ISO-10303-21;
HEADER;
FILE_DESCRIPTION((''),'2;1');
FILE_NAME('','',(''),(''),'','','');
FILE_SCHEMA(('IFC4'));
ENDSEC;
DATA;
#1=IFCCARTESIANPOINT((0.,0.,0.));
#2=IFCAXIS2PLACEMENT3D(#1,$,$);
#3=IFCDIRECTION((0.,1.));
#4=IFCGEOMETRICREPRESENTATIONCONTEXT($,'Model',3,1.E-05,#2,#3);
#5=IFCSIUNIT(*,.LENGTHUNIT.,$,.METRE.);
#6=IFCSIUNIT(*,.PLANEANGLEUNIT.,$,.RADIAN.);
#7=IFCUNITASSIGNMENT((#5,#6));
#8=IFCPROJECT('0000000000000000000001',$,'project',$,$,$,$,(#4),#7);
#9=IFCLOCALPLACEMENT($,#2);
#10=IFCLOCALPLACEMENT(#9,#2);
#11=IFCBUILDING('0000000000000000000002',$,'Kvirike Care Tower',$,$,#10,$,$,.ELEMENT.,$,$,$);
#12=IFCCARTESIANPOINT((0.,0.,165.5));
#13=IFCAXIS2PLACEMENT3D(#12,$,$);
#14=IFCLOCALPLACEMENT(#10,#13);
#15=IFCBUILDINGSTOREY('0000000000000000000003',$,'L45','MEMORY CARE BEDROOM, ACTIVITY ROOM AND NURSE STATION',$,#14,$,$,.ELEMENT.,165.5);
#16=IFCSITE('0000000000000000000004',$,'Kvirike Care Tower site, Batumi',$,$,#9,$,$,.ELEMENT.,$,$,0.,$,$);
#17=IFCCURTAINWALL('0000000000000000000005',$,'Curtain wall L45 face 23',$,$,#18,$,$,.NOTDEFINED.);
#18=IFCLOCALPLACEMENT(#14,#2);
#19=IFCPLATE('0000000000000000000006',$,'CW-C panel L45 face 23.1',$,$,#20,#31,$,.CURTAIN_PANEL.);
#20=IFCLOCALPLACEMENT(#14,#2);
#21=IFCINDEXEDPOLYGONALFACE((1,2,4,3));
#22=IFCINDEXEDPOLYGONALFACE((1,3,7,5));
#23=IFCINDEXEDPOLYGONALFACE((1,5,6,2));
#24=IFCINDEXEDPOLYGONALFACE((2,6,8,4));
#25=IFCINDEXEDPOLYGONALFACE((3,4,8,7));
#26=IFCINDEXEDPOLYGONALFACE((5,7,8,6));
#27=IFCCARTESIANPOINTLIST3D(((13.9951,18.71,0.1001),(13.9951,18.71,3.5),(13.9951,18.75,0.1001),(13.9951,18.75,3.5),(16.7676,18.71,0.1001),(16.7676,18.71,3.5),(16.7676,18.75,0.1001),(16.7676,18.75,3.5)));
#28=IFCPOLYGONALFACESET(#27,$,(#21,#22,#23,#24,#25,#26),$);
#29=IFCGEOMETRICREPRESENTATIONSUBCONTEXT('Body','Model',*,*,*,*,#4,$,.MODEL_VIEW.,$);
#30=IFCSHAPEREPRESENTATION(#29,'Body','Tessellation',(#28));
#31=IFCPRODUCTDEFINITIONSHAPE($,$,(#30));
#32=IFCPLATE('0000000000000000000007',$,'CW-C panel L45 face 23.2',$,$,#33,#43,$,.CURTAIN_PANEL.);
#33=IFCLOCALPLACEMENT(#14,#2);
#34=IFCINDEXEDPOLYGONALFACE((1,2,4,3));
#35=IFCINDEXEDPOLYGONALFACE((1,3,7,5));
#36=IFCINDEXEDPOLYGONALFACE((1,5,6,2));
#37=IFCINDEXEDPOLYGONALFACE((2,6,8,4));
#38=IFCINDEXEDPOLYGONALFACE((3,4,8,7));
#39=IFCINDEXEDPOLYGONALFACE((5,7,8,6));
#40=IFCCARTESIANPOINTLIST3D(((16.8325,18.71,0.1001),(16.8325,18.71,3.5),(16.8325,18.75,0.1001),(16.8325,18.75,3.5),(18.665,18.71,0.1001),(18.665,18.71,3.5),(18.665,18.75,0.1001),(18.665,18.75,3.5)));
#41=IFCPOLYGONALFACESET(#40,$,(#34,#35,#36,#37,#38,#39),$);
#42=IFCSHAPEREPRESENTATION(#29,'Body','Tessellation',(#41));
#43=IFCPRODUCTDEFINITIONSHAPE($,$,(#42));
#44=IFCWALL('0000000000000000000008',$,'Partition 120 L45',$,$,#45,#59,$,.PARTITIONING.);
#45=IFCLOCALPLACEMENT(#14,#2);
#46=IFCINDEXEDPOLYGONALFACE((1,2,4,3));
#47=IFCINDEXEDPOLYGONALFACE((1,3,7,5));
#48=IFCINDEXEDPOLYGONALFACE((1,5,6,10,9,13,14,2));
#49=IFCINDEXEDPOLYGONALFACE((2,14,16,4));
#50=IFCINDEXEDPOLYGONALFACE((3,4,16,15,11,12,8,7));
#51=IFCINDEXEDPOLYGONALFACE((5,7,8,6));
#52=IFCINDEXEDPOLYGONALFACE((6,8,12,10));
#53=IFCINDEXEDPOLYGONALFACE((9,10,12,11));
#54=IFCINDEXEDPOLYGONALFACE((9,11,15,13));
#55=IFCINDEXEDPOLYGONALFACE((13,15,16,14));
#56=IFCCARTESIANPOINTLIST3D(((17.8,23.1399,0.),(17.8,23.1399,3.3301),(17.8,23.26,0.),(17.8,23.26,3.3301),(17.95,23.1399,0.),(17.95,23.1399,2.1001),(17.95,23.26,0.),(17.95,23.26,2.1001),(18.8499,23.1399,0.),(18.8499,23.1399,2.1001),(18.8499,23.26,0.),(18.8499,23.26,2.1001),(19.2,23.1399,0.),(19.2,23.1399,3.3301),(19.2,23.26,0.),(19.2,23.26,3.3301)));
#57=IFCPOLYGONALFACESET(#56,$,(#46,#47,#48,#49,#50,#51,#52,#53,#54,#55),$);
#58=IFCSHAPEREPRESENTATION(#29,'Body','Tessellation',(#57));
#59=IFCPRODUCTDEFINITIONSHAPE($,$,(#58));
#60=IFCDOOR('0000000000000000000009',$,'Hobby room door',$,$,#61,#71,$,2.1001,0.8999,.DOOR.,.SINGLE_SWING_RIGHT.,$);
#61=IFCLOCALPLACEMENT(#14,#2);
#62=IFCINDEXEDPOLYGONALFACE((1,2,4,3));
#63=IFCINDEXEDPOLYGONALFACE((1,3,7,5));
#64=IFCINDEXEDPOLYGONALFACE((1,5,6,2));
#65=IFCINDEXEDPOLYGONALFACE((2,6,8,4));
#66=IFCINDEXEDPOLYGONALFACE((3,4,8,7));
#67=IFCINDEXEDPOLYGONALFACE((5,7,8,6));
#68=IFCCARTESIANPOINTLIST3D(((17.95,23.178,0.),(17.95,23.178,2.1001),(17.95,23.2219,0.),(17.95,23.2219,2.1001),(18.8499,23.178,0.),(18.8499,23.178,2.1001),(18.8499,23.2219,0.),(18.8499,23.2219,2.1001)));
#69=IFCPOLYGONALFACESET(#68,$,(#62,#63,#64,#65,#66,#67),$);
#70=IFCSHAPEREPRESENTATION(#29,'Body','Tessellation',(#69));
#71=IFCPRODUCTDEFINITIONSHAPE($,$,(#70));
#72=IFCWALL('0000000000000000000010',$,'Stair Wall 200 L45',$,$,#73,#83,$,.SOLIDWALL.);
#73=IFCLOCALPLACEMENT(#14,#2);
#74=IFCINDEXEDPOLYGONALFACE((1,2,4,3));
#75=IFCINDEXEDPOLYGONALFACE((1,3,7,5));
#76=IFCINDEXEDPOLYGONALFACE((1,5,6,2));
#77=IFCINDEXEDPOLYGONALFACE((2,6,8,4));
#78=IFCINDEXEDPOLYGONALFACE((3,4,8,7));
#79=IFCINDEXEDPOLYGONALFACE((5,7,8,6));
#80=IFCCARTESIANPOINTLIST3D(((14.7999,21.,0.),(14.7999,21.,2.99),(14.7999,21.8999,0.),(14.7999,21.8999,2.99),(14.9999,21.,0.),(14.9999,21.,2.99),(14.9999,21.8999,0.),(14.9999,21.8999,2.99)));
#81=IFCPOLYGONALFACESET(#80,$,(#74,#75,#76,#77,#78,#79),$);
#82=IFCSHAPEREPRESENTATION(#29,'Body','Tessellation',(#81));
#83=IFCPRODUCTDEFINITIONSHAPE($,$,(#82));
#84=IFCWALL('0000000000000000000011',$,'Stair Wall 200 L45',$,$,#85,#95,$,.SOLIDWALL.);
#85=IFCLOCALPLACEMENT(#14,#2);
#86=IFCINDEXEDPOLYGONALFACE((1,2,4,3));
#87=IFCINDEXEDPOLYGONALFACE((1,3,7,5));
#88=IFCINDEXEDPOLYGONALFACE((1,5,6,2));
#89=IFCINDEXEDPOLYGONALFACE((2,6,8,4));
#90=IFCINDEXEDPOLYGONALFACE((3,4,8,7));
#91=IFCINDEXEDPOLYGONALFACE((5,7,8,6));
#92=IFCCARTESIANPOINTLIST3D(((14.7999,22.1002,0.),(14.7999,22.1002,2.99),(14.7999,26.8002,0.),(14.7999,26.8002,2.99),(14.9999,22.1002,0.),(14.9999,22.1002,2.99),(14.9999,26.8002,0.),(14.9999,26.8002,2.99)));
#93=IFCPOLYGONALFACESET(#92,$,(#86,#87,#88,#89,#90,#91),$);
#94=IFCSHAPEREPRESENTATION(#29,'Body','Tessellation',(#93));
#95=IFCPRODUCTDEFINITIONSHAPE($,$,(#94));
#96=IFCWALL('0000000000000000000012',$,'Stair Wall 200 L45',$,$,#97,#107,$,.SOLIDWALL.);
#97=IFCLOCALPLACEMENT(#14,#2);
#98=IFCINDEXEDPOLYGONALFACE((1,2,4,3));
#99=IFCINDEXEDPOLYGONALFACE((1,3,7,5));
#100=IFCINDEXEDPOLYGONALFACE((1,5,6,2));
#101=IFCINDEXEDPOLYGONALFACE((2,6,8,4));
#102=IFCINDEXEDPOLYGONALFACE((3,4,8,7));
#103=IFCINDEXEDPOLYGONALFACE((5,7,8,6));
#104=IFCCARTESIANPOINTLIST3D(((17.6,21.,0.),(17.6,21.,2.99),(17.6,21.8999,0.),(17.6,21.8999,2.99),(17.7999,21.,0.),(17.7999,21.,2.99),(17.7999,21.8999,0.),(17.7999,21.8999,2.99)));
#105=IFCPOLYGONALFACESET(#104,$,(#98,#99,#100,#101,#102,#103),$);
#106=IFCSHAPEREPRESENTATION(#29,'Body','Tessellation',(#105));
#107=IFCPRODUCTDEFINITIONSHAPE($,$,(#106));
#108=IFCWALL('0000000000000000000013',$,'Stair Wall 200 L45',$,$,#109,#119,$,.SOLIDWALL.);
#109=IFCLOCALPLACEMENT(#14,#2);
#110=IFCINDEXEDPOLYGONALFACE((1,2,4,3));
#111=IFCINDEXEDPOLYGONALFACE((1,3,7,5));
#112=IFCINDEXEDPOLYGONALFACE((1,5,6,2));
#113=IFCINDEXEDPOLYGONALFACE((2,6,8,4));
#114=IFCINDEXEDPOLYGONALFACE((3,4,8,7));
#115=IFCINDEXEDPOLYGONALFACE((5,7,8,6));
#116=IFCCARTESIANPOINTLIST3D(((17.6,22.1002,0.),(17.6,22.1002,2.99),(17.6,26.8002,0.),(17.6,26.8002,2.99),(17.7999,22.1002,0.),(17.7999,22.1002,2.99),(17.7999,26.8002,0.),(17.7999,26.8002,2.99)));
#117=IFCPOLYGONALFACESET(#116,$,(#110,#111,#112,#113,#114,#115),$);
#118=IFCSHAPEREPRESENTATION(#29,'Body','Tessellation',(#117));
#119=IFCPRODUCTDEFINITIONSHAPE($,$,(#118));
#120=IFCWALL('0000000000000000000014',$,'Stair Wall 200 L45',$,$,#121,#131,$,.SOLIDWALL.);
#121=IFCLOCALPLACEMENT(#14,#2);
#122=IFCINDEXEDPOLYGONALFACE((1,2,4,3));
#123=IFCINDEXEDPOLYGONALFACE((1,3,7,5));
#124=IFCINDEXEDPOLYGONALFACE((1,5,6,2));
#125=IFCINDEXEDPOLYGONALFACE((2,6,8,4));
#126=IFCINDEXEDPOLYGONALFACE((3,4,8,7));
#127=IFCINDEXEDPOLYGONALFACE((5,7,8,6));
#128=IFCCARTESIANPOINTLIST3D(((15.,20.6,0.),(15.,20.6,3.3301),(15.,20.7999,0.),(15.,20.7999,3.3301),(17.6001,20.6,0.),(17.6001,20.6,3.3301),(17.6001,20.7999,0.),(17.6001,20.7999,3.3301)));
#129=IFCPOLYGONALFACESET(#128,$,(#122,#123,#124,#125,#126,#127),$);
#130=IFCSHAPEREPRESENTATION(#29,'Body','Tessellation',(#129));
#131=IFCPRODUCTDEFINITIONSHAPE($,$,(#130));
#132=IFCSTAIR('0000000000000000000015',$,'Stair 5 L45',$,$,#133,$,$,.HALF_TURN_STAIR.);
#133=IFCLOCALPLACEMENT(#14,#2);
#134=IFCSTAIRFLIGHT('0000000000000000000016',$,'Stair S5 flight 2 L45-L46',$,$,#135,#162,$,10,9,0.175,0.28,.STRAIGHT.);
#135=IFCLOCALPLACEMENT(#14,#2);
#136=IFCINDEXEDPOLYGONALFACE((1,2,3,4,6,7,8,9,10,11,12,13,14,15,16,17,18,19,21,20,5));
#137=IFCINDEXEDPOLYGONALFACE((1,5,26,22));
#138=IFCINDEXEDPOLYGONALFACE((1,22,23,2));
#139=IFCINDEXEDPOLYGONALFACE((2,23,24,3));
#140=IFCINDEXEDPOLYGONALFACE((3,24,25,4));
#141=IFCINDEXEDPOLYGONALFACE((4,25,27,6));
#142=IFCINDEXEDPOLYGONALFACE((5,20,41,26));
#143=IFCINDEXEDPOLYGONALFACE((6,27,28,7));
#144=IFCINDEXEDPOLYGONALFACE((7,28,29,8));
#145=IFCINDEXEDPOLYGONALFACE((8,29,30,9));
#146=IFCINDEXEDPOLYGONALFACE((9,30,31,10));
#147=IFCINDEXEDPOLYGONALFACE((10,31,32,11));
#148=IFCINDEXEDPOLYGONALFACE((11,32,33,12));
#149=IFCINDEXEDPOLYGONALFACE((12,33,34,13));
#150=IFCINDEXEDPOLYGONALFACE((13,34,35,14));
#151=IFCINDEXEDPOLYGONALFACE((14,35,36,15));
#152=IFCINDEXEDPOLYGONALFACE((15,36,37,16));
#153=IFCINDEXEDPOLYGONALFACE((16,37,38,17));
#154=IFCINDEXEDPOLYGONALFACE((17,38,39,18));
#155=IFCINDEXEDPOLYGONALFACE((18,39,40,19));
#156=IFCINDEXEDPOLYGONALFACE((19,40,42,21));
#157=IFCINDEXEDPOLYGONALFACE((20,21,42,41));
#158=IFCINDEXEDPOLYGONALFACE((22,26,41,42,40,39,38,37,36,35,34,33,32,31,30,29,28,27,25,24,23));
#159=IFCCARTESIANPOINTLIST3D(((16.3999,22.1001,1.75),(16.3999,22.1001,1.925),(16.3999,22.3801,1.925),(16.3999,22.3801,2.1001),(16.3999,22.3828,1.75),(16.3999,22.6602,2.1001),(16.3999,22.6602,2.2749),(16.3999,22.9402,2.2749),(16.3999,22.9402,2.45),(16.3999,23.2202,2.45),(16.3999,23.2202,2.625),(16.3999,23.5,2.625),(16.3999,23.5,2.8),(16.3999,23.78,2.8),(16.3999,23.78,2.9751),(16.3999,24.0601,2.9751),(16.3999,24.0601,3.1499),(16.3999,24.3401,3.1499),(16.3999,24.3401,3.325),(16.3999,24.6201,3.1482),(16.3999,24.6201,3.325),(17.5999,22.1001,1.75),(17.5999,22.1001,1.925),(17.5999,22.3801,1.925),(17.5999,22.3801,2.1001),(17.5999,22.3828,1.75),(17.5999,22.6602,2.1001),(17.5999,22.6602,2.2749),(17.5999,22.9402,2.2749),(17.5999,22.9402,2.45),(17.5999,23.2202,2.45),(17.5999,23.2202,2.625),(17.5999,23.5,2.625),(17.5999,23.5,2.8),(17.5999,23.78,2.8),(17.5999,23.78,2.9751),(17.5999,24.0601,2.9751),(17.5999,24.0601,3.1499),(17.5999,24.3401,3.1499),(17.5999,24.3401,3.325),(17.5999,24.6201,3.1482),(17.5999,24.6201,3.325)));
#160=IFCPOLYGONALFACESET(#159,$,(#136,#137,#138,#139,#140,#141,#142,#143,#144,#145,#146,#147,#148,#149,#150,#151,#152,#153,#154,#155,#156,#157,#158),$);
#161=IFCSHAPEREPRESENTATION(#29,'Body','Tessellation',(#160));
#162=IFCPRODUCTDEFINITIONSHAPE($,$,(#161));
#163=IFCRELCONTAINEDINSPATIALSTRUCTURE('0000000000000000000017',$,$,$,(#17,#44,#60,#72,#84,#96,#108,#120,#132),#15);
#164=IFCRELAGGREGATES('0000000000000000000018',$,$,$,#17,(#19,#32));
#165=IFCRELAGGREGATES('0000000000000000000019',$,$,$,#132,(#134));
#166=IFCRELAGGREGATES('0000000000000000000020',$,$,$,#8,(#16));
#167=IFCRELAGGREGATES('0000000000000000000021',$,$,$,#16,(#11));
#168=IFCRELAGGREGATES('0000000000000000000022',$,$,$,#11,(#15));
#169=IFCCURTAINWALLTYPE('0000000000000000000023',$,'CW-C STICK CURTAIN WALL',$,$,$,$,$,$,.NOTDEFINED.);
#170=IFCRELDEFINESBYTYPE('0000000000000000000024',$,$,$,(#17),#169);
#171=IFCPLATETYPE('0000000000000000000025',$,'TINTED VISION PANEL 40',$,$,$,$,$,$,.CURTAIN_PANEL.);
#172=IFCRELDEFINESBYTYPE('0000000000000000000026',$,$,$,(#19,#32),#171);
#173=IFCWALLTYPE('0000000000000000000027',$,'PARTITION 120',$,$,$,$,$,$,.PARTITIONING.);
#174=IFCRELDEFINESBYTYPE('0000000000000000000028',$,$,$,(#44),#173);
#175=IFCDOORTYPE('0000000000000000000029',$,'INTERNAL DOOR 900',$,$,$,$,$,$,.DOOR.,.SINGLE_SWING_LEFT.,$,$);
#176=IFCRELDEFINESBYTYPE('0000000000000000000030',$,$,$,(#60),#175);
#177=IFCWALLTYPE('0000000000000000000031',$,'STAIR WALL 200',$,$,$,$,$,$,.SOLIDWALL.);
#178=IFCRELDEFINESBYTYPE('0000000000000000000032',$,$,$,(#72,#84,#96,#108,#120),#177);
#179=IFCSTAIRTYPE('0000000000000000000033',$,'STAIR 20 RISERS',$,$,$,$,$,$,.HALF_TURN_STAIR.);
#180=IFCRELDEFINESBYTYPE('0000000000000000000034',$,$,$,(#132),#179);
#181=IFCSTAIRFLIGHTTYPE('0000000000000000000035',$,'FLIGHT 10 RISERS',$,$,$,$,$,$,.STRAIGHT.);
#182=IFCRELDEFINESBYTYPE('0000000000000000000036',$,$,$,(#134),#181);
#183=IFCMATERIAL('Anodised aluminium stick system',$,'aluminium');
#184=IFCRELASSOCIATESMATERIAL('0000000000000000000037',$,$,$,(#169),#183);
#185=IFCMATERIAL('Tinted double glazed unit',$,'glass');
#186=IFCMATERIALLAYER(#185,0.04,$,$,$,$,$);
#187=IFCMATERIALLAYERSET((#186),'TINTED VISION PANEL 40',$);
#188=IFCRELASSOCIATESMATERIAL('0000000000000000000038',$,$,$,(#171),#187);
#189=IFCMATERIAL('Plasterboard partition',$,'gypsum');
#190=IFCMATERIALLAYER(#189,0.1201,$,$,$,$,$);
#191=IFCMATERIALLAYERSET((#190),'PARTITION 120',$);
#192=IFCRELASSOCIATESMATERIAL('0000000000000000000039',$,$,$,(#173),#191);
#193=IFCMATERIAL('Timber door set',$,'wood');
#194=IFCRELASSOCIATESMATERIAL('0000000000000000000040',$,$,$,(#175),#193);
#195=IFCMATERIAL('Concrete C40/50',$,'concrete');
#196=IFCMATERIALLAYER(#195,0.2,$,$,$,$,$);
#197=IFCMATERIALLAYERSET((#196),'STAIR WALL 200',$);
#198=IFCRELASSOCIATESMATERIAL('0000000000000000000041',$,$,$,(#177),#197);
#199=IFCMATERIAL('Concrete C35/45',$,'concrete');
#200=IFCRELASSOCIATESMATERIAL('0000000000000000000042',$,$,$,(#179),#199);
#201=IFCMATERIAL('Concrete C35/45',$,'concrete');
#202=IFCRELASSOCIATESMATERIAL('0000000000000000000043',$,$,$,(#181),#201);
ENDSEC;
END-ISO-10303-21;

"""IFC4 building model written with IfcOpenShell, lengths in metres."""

from ifc_helpers import new_model, si_unit, direction, frame, frame_2d, origin, origin_2d, place, context, subcontext, project, spatial, polyline, rectangle, outline, extrude, material, layer, layer_set, type_object, element, fill, aggregate, save


model = new_model("IFC4")

# Units and contexts
model_context = context("Model", 3, precision=1e-05, world=origin(), true_north=direction((0.0, 1.0)))
body_context = subcontext(model_context, "Body", "Model", "MODEL_VIEW")
ifc_project = project(units=[si_unit("LENGTHUNIT", "METRE"), si_unit("PLANEANGLEUNIT", "RADIAN")], contexts=[model_context])

# Site, building, storey
site_placement = place(None, origin())
site = spatial("IfcSite", under=ifc_project, at=site_placement, Name="Kvirike Care Tower site, Batumi", CompositionType="ELEMENT", RefElevation=0.0)
building_placement = place(site_placement, origin())
building = spatial("IfcBuilding", under=site, at=building_placement, Name="Kvirike Care Tower", CompositionType="ELEMENT")
storey_placement = place(building_placement, frame((0.0, 0.0, 165.5)))
storey = spatial("IfcBuildingStorey", under=building, at=storey_placement, Name="L45", Description="MEMORY CARE BEDROOM, ACTIVITY ROOM AND NURSE STATION", CompositionType="ELEMENT", Elevation=165.5)

# Curtain wall
ifc_material_1 = material(Name="Anodised aluminium stick system", Category="aluminium")
curtain_wall_type = type_object("IfcCurtainWallType", Name="CW-C STICK CURTAIN WALL", PredefinedType="NOTDEFINED", material=ifc_material_1)
curtain_wall_1_placement = place(storey_placement, origin())
curtain_wall_1 = element("IfcCurtainWall", 1, at=curtain_wall_1_placement, inside=storey, type_object=curtain_wall_type, Name="Curtain wall L45 face 23", PredefinedType="NOTDEFINED")

# Plates
ifc_material_2 = material(Name="Tinted double glazed unit", Category="glass")
ifc_layer_1 = layer(ifc_material_2, 0.04)
ifc_layer_set_1 = layer_set([ifc_layer_1], Name="TINTED VISION PANEL 40")
plate_type = type_object("IfcPlateType", Name="TINTED VISION PANEL 40", PredefinedType="CURTAIN_PANEL", material=ifc_layer_set_1)
plate_1_placement = place(storey_placement, frame((15.3813, 18.73, 0.1001), z_axis=(0.0, 0.0, 1.0), x_axis=(1.0, 0.0, 0.0)))
plate_1 = element("IfcPlate", 2, at=plate_1_placement, type_object=plate_type, Name="CW-C panel L45 face 23.1", PredefinedType="CURTAIN_PANEL", context=body_context, shape_type="SweptSolid", body=[
    extrude(rectangle(XDim=2.7725, YDim=0.04, at=origin_2d()), origin(), (0.0, 0.0, 1.0), 3.3999),
])
plate_2_placement = place(storey_placement, frame((17.7488, 18.73, 0.1001), z_axis=(0.0, 0.0, 1.0), x_axis=(1.0, 0.0, 0.0)))
plate_2 = element("IfcPlate", 3, at=plate_2_placement, type_object=plate_type, Name="CW-C panel L45 face 23.2", PredefinedType="CURTAIN_PANEL", context=body_context, shape_type="SweptSolid", body=[
    extrude(rectangle(XDim=1.8325, YDim=0.04, at=origin_2d()), origin(), (0.0, 0.0, 1.0), 3.3999),
])
aggregate(curtain_wall_1, [plate_1, plate_2])

# Wall, opening, door
ifc_material_3 = material(Name="Plasterboard partition", Category="gypsum")
ifc_layer_2 = layer(ifc_material_3, 0.1201)
ifc_layer_set_2 = layer_set([ifc_layer_2], Name="PARTITION 120")
wall_type_1 = type_object("IfcWallType", Name="PARTITION 120", PredefinedType="PARTITIONING", material=ifc_layer_set_2)
wall_1_placement = place(storey_placement, frame((17.8, 23.2, 0.0), z_axis=(0.0, 0.0, 1.0), x_axis=(1.0, 0.0, 0.0)))
wall_1 = element("IfcWall", 4, at=wall_1_placement, inside=storey, type_object=wall_type_1, Name="Partition 120 L45", PredefinedType="PARTITIONING", context=body_context, shape_type="SweptSolid", body=[
    extrude(rectangle(XDim=1.3999, YDim=0.1201, at=frame_2d((0.7, 0.0))), origin(), (0.0, 0.0, 1.0), 3.3301),
])
opening_placement = place(wall_1_placement, frame((0.1499, 0.0, 0.0)))
opening = element("IfcOpeningElement", 5, at=opening_placement, cuts=wall_1, PredefinedType="OPENING", context=body_context, shape_type="SweptSolid", body=[
    extrude(rectangle(XDim=0.8999, YDim=2.1001, at=frame_2d((0.45, 1.05))), frame((0.0, 0.0706, 0.0), z_axis=(0.0, -1.0, 0.0), x_axis=(1.0, 0.0, 0.0)), (0.0, 0.0, 1.0), 0.1411),
])
ifc_material_4 = material(Name="Timber door set", Category="wood")
door_type = type_object("IfcDoorType", Name="INTERNAL DOOR 900", OperationType="SINGLE_SWING_LEFT", PredefinedType="DOOR", material=ifc_material_4)
door_placement = place(opening_placement, origin())
door = element("IfcDoor", 6, at=door_placement, inside=storey, type_object=door_type, Name="Hobby room door", OperationType="SINGLE_SWING_RIGHT", OverallHeight=2.1001, OverallWidth=0.8999, PredefinedType="DOOR", context=body_context, shape_type="SweptSolid", body=[
    extrude(rectangle(XDim=0.8999, YDim=2.1001, at=frame_2d((0.45, 1.05))), frame((0.0, 0.022, 0.0), z_axis=(0.0, -1.0, 0.0), x_axis=(1.0, 0.0, 0.0)), (0.0, 0.0, 1.0), 0.0439),
])
fill(opening, door)

# Walls
ifc_material_5 = material(Name="Concrete C40/50", Category="concrete")
ifc_layer_3 = layer(ifc_material_5, 0.2)
ifc_layer_set_3 = layer_set([ifc_layer_3], Name="STAIR WALL 200")
wall_type_2 = type_object("IfcWallType", Name="STAIR WALL 200", PredefinedType="SOLIDWALL", material=ifc_layer_set_3)
wall_2_placement = place(storey_placement, frame((14.8999, 21.0, 0.0), z_axis=(0.0, 0.0, 1.0), x_axis=(0.0, 1.0, 0.0)))
element("IfcWall", 7, at=wall_2_placement, inside=storey, type_object=wall_type_2, Name="Stair Wall 200 L45", PredefinedType="SOLIDWALL", context=body_context, shape_type="SweptSolid", body=[
    extrude(rectangle(XDim=0.8999, YDim=0.2, at=frame_2d((0.45, 0.0))), origin(), (0.0, 0.0, 1.0), 2.99),
])
wall_3_placement = place(storey_placement, frame((14.8999, 22.1001, 0.0), z_axis=(0.0, 0.0, 1.0), x_axis=(0.0, 1.0, 0.0)))
element("IfcWall", 8, at=wall_3_placement, inside=storey, type_object=wall_type_2, Name="Stair Wall 200 L45", PredefinedType="SOLIDWALL", context=body_context, shape_type="SweptSolid", body=[
    extrude(rectangle(XDim=4.7, YDim=0.2, at=frame_2d((2.3501, 0.0))), origin(), (0.0, 0.0, 1.0), 2.99),
])
wall_4_placement = place(storey_placement, frame((17.7, 21.0, 0.0), z_axis=(0.0, 0.0, 1.0), x_axis=(0.0, 1.0, 0.0)))
element("IfcWall", 9, at=wall_4_placement, inside=storey, type_object=wall_type_2, Name="Stair Wall 200 L45", PredefinedType="SOLIDWALL", context=body_context, shape_type="SweptSolid", body=[
    extrude(rectangle(XDim=0.8999, YDim=0.2, at=frame_2d((0.45, 0.0))), origin(), (0.0, 0.0, 1.0), 2.99),
])
wall_5_placement = place(storey_placement, frame((17.7, 22.1001, 0.0), z_axis=(0.0, 0.0, 1.0), x_axis=(0.0, 1.0, 0.0)))
element("IfcWall", 10, at=wall_5_placement, inside=storey, type_object=wall_type_2, Name="Stair Wall 200 L45", PredefinedType="SOLIDWALL", context=body_context, shape_type="SweptSolid", body=[
    extrude(rectangle(XDim=4.7, YDim=0.2, at=frame_2d((2.3501, 0.0))), origin(), (0.0, 0.0, 1.0), 2.99),
])
wall_6_placement = place(storey_placement, frame((15.0, 20.7, 0.0), z_axis=(0.0, 0.0, 1.0), x_axis=(1.0, 0.0, 0.0)))
element("IfcWall", 11, at=wall_6_placement, inside=storey, type_object=wall_type_2, Name="Stair Wall 200 L45", PredefinedType="SOLIDWALL", context=body_context, shape_type="SweptSolid", body=[
    extrude(rectangle(XDim=2.6001, YDim=0.2, at=frame_2d((1.3, 0.0))), origin(), (0.0, 0.0, 1.0), 3.3301),
])

# Stair, stair flight
ifc_material_6 = material(Name="Concrete C35/45", Category="concrete")
stair_type = type_object("IfcStairType", Name="STAIR 20 RISERS", PredefinedType="HALF_TURN_STAIR", material=ifc_material_6)
stair_placement = place(storey_placement, origin())
stair = element("IfcStair", 12, at=stair_placement, inside=storey, type_object=stair_type, Name="Stair 5 L45", PredefinedType="HALF_TURN_STAIR")
ifc_material_7 = material(Name="Concrete C35/45", Category="concrete")
stair_flight_type = type_object("IfcStairFlightType", Name="FLIGHT 10 RISERS", PredefinedType="STRAIGHT", material=ifc_material_7)
stair_flight_placement = place(storey_placement, frame((17.0, 22.1001, 1.75), z_axis=(0.0, 0.0, 1.0), x_axis=(0.0, 1.0, 0.0)))
stair_flight = element("IfcStairFlight", 13, at=stair_flight_placement, type_object=stair_flight_type, Name="Stair S5 flight 2 L45-L46", NumberOfRisers=10, NumberOfTreads=9, PredefinedType="STRAIGHT", RiserHeight=0.175, TreadLength=0.28, context=body_context, shape_type="SweptSolid", body=[
    extrude(outline(polyline([(0.0, 0.0), (0.0, 0.175), (0.28, 0.175), (0.28, 0.3501), (0.5601, 0.3501), (0.5601, 0.5249), (0.8401, 0.5249), (0.8401, 0.7), (1.1201, 0.7), (1.1201, 0.875), (1.3999, 0.875), (1.3999, 1.05), (1.6799, 1.05), (1.6799, 1.2251), (1.96, 1.2251), (1.96, 1.3999), (2.24, 1.3999), (2.24, 1.575), (2.52, 1.575), (2.52, 1.75), (2.52, 1.3982), (0.2827, 0.0), (0.0, 0.0)])), frame((0.0, 0.6001, 0.0), z_axis=(0.0, -1.0, 0.0), x_axis=(1.0, 0.0, 0.0)), (0.0, 0.0, 1.0), 1.2),
])
aggregate(stair, [stair_flight])

save(model, "model.ifc")
